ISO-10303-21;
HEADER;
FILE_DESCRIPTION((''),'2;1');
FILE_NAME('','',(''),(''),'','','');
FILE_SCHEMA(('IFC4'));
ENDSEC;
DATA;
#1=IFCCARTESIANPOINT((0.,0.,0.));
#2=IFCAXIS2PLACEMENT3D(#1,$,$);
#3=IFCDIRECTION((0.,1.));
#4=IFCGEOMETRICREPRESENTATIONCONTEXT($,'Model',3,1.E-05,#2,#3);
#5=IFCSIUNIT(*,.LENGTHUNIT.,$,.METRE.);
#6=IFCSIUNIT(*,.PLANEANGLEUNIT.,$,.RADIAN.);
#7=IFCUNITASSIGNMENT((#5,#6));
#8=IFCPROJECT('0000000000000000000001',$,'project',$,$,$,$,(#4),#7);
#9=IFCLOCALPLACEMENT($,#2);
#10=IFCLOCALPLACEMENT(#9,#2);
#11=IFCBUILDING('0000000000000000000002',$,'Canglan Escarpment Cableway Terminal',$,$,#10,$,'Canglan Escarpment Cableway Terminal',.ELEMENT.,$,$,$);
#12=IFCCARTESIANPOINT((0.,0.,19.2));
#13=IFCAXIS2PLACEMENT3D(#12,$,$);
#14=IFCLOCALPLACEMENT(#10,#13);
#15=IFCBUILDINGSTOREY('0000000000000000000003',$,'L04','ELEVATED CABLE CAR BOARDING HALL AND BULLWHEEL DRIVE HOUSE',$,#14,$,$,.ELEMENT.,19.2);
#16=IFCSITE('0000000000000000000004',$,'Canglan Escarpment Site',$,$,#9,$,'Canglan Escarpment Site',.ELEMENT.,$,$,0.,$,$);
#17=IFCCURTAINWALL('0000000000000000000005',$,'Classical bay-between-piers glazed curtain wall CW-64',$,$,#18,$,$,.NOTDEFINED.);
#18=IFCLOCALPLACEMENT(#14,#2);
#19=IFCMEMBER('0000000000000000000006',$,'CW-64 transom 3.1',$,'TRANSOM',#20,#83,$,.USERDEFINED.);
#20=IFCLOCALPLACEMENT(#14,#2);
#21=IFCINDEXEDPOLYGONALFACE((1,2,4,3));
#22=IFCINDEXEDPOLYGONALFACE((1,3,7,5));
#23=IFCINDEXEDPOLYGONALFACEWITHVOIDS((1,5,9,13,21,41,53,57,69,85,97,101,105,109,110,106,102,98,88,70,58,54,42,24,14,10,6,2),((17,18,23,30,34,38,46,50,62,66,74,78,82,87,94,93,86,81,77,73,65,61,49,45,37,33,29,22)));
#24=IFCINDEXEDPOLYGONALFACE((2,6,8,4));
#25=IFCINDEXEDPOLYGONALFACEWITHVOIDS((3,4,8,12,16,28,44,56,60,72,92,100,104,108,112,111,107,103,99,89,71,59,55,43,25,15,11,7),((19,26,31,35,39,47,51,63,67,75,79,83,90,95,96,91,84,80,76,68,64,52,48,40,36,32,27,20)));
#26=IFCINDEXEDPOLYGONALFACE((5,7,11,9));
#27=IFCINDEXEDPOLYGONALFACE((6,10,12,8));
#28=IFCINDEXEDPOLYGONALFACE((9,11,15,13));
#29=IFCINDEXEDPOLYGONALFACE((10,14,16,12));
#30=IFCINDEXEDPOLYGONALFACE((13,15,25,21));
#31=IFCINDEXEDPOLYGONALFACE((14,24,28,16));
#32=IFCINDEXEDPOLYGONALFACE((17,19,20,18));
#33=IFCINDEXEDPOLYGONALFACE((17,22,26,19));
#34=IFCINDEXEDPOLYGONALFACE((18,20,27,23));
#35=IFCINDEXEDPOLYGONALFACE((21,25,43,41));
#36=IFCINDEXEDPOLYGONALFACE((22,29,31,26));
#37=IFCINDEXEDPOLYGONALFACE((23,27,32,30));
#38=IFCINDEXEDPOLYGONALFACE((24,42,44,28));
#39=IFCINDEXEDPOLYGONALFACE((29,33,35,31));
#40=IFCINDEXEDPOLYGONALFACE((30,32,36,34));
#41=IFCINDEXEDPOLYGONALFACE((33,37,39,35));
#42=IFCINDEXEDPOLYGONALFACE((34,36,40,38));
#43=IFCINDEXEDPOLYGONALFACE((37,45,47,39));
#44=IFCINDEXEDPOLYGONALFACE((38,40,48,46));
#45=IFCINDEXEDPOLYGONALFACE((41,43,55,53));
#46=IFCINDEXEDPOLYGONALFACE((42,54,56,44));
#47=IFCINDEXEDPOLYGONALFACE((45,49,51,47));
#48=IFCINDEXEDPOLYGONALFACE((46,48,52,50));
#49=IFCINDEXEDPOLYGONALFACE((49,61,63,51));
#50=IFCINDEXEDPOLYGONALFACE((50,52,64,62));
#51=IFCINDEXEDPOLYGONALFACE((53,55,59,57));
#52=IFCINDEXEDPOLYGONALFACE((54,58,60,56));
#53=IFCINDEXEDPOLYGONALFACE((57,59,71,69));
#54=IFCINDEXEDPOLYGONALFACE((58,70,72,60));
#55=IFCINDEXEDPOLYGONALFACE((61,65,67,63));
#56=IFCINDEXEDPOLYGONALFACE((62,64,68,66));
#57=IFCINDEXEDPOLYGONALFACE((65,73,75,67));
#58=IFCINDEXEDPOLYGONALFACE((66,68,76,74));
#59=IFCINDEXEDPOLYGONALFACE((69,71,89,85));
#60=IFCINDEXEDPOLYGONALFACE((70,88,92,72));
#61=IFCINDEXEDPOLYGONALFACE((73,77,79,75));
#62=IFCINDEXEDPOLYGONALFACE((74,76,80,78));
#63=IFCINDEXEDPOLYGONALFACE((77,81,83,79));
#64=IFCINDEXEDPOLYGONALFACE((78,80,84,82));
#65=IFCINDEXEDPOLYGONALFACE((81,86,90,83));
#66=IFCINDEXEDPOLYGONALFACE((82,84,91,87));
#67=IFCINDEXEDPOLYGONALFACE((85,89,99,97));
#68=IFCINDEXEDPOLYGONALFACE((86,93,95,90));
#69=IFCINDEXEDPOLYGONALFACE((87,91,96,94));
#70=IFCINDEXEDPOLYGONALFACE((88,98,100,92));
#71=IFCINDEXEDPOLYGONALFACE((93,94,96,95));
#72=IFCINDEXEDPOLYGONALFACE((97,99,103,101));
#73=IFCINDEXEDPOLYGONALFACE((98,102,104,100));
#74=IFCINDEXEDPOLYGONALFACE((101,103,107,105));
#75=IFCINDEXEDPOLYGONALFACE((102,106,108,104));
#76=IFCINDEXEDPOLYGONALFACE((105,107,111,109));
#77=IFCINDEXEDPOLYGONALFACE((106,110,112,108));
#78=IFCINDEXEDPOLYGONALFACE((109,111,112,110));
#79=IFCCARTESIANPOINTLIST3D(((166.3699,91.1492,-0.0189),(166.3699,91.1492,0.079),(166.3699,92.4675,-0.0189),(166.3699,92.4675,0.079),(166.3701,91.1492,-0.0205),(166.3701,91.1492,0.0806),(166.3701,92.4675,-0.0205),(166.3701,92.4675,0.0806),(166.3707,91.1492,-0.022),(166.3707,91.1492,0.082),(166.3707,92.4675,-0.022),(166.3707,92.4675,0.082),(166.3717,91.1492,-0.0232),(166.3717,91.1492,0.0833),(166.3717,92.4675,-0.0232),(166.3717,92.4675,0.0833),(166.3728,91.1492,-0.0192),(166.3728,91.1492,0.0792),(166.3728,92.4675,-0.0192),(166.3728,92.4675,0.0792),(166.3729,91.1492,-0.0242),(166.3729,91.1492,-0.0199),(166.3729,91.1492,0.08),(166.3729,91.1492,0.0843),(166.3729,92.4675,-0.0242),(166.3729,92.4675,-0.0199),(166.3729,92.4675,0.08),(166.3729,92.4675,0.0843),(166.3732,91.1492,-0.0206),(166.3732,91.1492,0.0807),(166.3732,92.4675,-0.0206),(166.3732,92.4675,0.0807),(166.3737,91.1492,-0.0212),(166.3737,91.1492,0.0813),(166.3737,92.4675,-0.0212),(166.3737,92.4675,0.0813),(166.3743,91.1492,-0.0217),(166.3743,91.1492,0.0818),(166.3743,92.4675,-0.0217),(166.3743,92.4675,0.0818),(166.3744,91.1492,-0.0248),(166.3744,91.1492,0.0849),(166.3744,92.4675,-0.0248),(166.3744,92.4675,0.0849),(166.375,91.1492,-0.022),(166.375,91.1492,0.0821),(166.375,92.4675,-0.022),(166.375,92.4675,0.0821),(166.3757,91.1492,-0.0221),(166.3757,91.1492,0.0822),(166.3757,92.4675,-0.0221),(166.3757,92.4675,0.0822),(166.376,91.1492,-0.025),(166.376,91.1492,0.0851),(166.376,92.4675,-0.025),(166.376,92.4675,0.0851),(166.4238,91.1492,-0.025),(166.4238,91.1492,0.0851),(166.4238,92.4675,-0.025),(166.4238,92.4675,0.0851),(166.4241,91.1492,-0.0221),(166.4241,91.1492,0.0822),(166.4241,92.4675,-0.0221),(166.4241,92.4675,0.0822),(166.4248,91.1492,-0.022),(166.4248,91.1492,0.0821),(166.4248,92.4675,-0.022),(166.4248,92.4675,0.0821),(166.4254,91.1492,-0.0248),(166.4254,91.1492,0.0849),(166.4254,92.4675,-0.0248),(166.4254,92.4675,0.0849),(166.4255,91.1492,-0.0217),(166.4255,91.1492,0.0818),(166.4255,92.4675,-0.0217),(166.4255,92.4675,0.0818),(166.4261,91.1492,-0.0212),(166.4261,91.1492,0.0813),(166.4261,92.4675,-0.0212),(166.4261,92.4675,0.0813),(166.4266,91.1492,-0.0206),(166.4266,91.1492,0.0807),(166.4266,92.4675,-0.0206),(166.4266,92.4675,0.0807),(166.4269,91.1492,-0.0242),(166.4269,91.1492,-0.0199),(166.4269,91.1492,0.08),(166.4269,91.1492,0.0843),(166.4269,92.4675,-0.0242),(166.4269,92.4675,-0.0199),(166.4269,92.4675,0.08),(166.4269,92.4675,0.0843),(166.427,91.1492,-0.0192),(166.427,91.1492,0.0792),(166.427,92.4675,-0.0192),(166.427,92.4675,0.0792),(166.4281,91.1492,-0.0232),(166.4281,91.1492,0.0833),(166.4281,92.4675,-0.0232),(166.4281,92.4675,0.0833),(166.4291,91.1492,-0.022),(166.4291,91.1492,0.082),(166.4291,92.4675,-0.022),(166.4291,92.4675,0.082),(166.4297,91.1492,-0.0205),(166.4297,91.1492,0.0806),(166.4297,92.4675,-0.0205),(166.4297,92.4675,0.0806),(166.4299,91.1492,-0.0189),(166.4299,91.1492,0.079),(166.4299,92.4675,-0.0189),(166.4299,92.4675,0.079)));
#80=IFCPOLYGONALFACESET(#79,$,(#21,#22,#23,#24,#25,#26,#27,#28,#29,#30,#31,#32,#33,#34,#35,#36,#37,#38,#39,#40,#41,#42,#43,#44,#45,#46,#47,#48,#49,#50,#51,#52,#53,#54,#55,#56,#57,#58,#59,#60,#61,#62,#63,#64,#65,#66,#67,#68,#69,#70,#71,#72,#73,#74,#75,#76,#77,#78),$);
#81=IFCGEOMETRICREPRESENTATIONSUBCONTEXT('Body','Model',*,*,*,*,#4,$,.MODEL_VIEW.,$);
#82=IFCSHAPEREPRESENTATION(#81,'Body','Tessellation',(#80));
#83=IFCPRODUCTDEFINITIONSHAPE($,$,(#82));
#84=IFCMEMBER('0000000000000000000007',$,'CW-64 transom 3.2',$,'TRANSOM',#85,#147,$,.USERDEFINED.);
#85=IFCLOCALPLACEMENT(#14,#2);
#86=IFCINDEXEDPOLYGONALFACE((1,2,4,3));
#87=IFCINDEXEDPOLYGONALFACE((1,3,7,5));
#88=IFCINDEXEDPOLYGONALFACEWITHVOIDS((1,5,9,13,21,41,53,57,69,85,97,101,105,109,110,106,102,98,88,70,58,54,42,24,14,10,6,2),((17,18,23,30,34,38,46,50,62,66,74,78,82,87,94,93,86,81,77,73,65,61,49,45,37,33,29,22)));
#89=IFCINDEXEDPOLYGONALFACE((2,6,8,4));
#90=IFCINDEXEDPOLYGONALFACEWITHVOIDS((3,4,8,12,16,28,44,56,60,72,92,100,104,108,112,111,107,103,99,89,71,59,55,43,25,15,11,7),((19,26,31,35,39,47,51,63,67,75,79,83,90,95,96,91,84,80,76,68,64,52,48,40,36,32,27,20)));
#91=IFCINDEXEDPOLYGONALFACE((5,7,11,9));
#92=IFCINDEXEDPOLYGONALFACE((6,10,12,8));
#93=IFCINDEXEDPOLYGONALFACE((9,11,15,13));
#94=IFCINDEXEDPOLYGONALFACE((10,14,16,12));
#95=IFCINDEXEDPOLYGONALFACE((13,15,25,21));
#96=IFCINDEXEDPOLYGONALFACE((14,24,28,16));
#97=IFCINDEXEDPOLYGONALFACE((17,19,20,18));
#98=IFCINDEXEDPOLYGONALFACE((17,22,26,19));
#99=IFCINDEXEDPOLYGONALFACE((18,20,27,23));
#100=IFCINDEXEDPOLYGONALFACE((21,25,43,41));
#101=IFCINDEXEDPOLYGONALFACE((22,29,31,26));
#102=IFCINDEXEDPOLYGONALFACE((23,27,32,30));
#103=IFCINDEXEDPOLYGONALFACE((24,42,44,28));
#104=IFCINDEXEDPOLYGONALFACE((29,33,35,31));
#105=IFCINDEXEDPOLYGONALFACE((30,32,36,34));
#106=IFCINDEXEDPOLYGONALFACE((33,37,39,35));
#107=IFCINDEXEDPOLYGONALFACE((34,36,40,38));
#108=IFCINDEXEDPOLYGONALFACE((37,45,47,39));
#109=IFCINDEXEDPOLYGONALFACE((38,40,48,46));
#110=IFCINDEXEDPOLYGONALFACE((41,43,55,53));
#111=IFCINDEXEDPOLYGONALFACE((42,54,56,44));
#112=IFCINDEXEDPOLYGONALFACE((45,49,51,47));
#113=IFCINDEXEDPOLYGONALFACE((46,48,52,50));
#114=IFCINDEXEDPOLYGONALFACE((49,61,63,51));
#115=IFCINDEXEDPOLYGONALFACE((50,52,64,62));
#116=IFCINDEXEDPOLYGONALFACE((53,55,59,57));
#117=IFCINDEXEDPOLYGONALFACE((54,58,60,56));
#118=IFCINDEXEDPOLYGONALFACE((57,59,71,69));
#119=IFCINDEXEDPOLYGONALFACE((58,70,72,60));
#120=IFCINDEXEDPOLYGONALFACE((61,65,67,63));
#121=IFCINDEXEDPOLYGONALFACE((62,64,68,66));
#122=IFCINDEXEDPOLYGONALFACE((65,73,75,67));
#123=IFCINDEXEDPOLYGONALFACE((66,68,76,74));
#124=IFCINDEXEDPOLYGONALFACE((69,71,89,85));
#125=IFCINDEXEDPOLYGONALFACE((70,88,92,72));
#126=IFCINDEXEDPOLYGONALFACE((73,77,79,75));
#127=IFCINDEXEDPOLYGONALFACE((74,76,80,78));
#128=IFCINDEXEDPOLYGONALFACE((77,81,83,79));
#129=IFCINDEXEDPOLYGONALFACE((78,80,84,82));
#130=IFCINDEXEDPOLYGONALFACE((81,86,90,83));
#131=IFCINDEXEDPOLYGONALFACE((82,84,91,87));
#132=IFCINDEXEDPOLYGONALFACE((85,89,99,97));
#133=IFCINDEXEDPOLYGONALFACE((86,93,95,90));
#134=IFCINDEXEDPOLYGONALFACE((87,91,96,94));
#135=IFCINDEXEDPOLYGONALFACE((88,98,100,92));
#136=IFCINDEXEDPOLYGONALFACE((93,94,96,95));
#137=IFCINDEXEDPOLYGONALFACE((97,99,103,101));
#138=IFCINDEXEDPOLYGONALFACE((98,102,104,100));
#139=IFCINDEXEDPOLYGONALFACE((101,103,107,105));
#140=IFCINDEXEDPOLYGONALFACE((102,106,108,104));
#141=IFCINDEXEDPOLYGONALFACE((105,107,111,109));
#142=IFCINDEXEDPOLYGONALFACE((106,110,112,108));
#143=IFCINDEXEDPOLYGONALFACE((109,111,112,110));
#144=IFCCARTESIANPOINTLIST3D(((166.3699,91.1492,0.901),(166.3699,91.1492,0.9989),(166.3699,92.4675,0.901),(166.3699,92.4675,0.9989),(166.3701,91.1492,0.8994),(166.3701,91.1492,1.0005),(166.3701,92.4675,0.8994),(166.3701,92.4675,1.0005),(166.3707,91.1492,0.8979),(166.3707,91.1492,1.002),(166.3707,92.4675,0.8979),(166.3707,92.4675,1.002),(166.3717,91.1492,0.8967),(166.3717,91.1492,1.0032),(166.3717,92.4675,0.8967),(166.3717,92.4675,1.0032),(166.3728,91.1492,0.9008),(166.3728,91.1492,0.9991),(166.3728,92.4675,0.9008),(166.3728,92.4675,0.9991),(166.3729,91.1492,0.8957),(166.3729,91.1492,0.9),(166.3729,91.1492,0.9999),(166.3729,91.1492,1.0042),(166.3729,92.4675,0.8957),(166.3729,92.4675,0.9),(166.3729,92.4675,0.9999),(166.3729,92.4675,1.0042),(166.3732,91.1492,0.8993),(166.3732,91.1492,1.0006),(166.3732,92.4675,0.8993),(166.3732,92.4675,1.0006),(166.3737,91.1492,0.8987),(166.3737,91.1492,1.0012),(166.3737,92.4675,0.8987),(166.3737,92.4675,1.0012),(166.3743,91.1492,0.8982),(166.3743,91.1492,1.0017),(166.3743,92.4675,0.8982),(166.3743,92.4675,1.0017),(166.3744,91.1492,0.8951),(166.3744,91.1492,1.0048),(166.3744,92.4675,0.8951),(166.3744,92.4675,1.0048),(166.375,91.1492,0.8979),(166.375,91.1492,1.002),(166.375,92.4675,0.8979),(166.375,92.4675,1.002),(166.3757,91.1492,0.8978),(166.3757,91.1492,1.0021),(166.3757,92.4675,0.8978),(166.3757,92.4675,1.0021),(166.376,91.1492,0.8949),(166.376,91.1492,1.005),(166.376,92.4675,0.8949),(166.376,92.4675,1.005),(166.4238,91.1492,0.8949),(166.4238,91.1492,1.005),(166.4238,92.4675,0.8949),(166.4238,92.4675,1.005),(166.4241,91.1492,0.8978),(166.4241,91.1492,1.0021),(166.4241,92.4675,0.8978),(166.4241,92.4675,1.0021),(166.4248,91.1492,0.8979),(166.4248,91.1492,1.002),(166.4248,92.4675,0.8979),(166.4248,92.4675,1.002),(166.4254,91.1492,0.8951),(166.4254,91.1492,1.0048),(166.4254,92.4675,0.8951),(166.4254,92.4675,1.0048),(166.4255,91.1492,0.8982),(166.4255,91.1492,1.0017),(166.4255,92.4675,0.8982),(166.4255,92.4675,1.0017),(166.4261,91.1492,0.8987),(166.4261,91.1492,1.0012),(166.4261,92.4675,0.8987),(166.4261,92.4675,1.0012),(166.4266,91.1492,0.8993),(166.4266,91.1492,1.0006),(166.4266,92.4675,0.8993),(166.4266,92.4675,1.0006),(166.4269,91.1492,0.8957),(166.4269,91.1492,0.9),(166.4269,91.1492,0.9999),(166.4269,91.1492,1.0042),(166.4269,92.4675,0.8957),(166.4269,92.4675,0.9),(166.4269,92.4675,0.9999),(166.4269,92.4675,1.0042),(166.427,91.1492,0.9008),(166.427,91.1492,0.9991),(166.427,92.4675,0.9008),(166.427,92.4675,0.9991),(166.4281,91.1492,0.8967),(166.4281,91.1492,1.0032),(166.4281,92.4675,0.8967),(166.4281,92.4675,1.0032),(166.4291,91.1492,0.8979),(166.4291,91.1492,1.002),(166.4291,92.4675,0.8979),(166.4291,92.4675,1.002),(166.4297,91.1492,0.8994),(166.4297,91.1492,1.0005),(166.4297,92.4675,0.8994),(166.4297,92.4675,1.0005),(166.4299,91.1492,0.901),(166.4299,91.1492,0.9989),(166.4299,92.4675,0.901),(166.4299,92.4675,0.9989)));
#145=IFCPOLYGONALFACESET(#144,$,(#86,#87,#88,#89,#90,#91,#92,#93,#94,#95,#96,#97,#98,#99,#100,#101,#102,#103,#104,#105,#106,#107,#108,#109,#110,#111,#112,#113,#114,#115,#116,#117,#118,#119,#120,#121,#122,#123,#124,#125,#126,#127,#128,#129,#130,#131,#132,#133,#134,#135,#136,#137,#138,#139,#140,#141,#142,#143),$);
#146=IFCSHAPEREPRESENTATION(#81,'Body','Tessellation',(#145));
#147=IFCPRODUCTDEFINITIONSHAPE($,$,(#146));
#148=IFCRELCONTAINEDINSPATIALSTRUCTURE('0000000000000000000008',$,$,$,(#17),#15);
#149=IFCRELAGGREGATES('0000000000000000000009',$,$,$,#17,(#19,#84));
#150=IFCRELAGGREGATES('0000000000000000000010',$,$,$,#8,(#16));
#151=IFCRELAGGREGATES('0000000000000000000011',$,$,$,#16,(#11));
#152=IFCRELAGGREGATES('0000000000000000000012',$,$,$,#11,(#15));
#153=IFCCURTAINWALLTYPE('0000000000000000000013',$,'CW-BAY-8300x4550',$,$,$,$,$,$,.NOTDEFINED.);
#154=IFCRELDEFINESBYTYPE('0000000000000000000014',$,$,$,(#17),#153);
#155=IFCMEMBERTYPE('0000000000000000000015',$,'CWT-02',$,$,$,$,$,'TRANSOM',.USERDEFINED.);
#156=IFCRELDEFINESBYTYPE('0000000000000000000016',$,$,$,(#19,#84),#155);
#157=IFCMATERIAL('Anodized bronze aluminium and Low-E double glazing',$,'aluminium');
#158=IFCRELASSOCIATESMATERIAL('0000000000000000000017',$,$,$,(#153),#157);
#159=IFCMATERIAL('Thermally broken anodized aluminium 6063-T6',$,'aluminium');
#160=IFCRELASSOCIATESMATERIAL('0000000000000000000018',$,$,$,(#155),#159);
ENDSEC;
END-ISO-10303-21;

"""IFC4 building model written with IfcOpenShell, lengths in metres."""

from ifc_helpers import new_model, si_unit, direction, frame, origin, origin_2d, place, context, subcontext, project, spatial, hollow_rectangle, extrude, material, material_profile, profile_set, type_object, element, aggregate, save


model = new_model("IFC4")

# Units and contexts
model_context = context("Model", 3, precision=1e-05, world=origin(), true_north=direction((0.0, 1.0)))
body_context = subcontext(model_context, "Body", "Model", "MODEL_VIEW")
ifc_project = project(units=[si_unit("LENGTHUNIT", "METRE"), si_unit("PLANEANGLEUNIT", "RADIAN")], contexts=[model_context])

# Site, building, storey
site_placement = place(None, origin())
site = spatial("IfcSite", under=ifc_project, at=site_placement, Name="Canglan Escarpment Site", LongName="Canglan Escarpment Site", CompositionType="ELEMENT", RefElevation=0.0)
building_placement = place(site_placement, origin())
building = spatial("IfcBuilding", under=site, at=building_placement, Name="Canglan Escarpment Cableway Terminal", LongName="Canglan Escarpment Cableway Terminal", CompositionType="ELEMENT")
storey_placement = place(building_placement, frame((0.0, 0.0, 19.2)))
storey = spatial("IfcBuildingStorey", under=building, at=storey_placement, Name="L04", Description="ELEVATED CABLE CAR BOARDING HALL AND BULLWHEEL DRIVE HOUSE", CompositionType="ELEMENT", Elevation=19.2)

# Shared definitions
ifc_material_1 = material(Name="Anodized bronze aluminium and Low-E double glazing", Category="aluminium")
curtain_wall_type = type_object("IfcCurtainWallType", Name="CW-BAY-8300x4550", PredefinedType="NOTDEFINED", material=ifc_material_1)
ifc_material_2 = material(Name="Thermally broken anodized aluminium 6063-T6", Category="aluminium")

# Curtain wall, members
curtain_wall_1_placement = place(storey_placement, origin())
curtain_wall_1 = element("IfcCurtainWall", 1, at=curtain_wall_1_placement, inside=storey, type_object=curtain_wall_type, Name="Classical bay-between-piers glazed curtain wall CW-64", PredefinedType="NOTDEFINED")
ifc_material_profile_1 = material_profile(ifc_material_2, hollow_rectangle(XDim=0.0601, YDim=0.1101, WallThickness=0.0029, InnerFilletRadius=0.0029, OuterFilletRadius=0.0061, at=origin_2d()), Name="ALU-TRAN 60x110x3")
ifc_profile_set_1 = profile_set([ifc_material_profile_1], Name="Thermally broken anodized aluminium 6063-T6")
member_type_1 = type_object("IfcMemberType", Name="CWT-02", ElementType="TRANSOM", PredefinedType="USERDEFINED", material=ifc_profile_set_1)
member_1_placement = place(storey_placement, frame((166.3999, 91.1492, 0.03), z_axis=(0.0, 1.0, 0.0), x_axis=(-1.0, 0.0, 0.0)))
member_1 = element("IfcMember", 2, at=member_1_placement, type_object=member_type_1, Name="CW-64 transom 3.1", ObjectType="TRANSOM", PredefinedType="USERDEFINED", context=body_context, shape_type="SweptSolid", body=[
    extrude(hollow_rectangle(XDim=0.0601, YDim=0.1101, WallThickness=0.0029, InnerFilletRadius=0.0029, OuterFilletRadius=0.0061, at=origin_2d()), origin(), (0.0, 0.0, 1.0), 1.3184),
])
member_2_placement = place(storey_placement, frame((166.3999, 91.1492, 0.95), z_axis=(0.0, 1.0, 0.0), x_axis=(-1.0, 0.0, 0.0)))
member_2 = element("IfcMember", 3, at=member_2_placement, type_object=member_type_1, Name="CW-64 transom 3.2", ObjectType="TRANSOM", PredefinedType="USERDEFINED", context=body_context, shape_type="SweptSolid", body=[
    extrude(hollow_rectangle(XDim=0.0601, YDim=0.1101, WallThickness=0.0029, InnerFilletRadius=0.0029, OuterFilletRadius=0.0061, at=origin_2d()), origin(), (0.0, 0.0, 1.0), 1.3184),
])
aggregate(curtain_wall_1, [member_1, member_2])

save(model, "model.ifc")
